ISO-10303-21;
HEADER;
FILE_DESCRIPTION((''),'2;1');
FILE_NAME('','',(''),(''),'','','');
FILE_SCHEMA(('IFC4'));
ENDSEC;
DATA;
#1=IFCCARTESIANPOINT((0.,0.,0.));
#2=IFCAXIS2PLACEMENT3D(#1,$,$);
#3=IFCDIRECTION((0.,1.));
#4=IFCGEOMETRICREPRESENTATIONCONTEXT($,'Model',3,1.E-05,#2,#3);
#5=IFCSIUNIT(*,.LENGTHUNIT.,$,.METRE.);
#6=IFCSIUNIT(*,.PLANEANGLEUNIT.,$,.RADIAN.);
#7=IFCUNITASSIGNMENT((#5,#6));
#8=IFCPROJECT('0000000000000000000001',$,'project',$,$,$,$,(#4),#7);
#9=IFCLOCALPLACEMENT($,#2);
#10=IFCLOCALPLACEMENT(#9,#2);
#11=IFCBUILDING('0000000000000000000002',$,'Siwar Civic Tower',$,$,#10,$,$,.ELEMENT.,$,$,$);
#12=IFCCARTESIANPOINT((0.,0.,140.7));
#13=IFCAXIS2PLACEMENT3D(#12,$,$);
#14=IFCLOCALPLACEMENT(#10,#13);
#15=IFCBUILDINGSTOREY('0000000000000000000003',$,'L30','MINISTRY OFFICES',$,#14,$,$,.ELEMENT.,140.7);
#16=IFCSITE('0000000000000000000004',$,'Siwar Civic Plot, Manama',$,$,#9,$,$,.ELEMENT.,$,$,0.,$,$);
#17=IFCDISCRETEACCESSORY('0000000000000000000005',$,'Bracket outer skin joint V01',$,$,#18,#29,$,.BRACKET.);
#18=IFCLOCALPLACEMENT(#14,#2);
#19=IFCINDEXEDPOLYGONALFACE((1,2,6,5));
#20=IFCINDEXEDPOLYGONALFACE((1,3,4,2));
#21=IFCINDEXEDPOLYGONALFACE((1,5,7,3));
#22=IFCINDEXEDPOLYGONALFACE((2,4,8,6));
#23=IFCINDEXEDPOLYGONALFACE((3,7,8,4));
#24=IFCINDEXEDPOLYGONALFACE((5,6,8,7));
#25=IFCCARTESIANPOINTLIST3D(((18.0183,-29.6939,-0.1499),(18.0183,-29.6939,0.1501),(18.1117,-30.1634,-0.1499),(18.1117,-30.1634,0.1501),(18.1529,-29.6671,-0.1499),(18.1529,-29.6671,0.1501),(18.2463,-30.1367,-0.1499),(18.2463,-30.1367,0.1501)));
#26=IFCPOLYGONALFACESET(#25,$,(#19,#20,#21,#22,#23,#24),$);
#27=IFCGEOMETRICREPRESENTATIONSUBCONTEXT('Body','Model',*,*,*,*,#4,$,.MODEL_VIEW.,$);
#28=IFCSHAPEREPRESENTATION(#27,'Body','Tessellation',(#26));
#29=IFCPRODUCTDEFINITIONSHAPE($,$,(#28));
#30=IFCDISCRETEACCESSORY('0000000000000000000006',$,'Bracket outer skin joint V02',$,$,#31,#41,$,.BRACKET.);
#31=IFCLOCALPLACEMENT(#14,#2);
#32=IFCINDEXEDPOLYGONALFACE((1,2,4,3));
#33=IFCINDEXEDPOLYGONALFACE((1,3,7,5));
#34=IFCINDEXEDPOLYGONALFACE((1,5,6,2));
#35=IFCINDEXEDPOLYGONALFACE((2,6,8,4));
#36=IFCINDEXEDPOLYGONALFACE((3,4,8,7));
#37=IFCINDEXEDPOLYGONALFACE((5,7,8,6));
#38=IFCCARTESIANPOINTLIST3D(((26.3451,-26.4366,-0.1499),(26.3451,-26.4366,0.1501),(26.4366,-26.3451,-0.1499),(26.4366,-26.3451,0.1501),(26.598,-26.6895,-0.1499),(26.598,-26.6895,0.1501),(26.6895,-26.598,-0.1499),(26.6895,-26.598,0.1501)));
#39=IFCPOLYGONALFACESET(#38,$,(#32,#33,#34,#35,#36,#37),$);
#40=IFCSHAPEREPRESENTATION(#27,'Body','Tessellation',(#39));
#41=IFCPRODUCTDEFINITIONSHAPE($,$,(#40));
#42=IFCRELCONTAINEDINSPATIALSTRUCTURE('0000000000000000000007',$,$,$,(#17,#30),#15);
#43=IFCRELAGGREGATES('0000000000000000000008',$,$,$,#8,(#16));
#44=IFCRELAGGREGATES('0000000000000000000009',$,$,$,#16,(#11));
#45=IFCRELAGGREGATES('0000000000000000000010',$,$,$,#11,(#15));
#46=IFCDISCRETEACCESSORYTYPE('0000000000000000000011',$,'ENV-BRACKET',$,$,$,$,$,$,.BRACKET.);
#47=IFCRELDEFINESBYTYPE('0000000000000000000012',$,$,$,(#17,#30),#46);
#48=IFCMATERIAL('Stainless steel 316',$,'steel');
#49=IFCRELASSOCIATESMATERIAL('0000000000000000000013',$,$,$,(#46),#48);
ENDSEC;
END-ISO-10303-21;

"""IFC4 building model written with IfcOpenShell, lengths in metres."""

from ifc_helpers import new_model, si_unit, direction, frame, origin, origin_2d, place, context, subcontext, project, spatial, rectangle, extrude, material, type_object, element, save


model = new_model("IFC4")

# Units and contexts
model_context = context("Model", 3, precision=1e-05, world=origin(), true_north=direction((0.0, 1.0)))
body_context = subcontext(model_context, "Body", "Model", "MODEL_VIEW")
ifc_project = project(units=[si_unit("LENGTHUNIT", "METRE"), si_unit("PLANEANGLEUNIT", "RADIAN")], contexts=[model_context])

# Site, building, storey
site_placement = place(None, origin())
site = spatial("IfcSite", under=ifc_project, at=site_placement, Name="Siwar Civic Plot, Manama", CompositionType="ELEMENT", RefElevation=0.0)
building_placement = place(site_placement, origin())
building = spatial("IfcBuilding", under=site, at=building_placement, Name="Siwar Civic Tower", CompositionType="ELEMENT")
storey_placement = place(building_placement, frame((0.0, 0.0, 140.7)))
storey = spatial("IfcBuildingStorey", under=building, at=storey_placement, Name="L30", Description="MINISTRY OFFICES", CompositionType="ELEMENT", Elevation=140.7)

# Discrete accessories
ifc_material_1 = material(Name="Stainless steel 316", Category="steel")
discrete_accessory_type = type_object("IfcDiscreteAccessoryType", Name="ENV-BRACKET", PredefinedType="BRACKET", material=ifc_material_1)
discrete_accessory_1_placement = place(storey_placement, frame((18.1323, -29.9153, -0.1499), z_axis=(0.0, 0.0, 1.0), x_axis=(0.19509, -0.980785, 0.0)))
element("IfcDiscreteAccessory", 1, at=discrete_accessory_1_placement, inside=storey, type_object=discrete_accessory_type, Name="Bracket outer skin joint V01", PredefinedType="BRACKET", context=body_context, shape_type="SweptSolid", body=[
    extrude(rectangle(XDim=0.4788, YDim=0.1372, at=origin_2d()), origin(), (0.0, 0.0, 1.0), 0.3),
])
discrete_accessory_2_placement = place(storey_placement, frame((26.5173, -26.5173, -0.1499), z_axis=(0.0, 0.0, 1.0), x_axis=(0.707107, -0.707107, 0.0)))
element("IfcDiscreteAccessory", 2, at=discrete_accessory_2_placement, inside=storey, type_object=discrete_accessory_type, Name="Bracket outer skin joint V02", PredefinedType="BRACKET", context=body_context, shape_type="SweptSolid", body=[
    extrude(rectangle(XDim=0.3577, YDim=0.1294, at=origin_2d()), origin(), (0.0, 0.0, 1.0), 0.3),
])

save(model, "model.ifc")
